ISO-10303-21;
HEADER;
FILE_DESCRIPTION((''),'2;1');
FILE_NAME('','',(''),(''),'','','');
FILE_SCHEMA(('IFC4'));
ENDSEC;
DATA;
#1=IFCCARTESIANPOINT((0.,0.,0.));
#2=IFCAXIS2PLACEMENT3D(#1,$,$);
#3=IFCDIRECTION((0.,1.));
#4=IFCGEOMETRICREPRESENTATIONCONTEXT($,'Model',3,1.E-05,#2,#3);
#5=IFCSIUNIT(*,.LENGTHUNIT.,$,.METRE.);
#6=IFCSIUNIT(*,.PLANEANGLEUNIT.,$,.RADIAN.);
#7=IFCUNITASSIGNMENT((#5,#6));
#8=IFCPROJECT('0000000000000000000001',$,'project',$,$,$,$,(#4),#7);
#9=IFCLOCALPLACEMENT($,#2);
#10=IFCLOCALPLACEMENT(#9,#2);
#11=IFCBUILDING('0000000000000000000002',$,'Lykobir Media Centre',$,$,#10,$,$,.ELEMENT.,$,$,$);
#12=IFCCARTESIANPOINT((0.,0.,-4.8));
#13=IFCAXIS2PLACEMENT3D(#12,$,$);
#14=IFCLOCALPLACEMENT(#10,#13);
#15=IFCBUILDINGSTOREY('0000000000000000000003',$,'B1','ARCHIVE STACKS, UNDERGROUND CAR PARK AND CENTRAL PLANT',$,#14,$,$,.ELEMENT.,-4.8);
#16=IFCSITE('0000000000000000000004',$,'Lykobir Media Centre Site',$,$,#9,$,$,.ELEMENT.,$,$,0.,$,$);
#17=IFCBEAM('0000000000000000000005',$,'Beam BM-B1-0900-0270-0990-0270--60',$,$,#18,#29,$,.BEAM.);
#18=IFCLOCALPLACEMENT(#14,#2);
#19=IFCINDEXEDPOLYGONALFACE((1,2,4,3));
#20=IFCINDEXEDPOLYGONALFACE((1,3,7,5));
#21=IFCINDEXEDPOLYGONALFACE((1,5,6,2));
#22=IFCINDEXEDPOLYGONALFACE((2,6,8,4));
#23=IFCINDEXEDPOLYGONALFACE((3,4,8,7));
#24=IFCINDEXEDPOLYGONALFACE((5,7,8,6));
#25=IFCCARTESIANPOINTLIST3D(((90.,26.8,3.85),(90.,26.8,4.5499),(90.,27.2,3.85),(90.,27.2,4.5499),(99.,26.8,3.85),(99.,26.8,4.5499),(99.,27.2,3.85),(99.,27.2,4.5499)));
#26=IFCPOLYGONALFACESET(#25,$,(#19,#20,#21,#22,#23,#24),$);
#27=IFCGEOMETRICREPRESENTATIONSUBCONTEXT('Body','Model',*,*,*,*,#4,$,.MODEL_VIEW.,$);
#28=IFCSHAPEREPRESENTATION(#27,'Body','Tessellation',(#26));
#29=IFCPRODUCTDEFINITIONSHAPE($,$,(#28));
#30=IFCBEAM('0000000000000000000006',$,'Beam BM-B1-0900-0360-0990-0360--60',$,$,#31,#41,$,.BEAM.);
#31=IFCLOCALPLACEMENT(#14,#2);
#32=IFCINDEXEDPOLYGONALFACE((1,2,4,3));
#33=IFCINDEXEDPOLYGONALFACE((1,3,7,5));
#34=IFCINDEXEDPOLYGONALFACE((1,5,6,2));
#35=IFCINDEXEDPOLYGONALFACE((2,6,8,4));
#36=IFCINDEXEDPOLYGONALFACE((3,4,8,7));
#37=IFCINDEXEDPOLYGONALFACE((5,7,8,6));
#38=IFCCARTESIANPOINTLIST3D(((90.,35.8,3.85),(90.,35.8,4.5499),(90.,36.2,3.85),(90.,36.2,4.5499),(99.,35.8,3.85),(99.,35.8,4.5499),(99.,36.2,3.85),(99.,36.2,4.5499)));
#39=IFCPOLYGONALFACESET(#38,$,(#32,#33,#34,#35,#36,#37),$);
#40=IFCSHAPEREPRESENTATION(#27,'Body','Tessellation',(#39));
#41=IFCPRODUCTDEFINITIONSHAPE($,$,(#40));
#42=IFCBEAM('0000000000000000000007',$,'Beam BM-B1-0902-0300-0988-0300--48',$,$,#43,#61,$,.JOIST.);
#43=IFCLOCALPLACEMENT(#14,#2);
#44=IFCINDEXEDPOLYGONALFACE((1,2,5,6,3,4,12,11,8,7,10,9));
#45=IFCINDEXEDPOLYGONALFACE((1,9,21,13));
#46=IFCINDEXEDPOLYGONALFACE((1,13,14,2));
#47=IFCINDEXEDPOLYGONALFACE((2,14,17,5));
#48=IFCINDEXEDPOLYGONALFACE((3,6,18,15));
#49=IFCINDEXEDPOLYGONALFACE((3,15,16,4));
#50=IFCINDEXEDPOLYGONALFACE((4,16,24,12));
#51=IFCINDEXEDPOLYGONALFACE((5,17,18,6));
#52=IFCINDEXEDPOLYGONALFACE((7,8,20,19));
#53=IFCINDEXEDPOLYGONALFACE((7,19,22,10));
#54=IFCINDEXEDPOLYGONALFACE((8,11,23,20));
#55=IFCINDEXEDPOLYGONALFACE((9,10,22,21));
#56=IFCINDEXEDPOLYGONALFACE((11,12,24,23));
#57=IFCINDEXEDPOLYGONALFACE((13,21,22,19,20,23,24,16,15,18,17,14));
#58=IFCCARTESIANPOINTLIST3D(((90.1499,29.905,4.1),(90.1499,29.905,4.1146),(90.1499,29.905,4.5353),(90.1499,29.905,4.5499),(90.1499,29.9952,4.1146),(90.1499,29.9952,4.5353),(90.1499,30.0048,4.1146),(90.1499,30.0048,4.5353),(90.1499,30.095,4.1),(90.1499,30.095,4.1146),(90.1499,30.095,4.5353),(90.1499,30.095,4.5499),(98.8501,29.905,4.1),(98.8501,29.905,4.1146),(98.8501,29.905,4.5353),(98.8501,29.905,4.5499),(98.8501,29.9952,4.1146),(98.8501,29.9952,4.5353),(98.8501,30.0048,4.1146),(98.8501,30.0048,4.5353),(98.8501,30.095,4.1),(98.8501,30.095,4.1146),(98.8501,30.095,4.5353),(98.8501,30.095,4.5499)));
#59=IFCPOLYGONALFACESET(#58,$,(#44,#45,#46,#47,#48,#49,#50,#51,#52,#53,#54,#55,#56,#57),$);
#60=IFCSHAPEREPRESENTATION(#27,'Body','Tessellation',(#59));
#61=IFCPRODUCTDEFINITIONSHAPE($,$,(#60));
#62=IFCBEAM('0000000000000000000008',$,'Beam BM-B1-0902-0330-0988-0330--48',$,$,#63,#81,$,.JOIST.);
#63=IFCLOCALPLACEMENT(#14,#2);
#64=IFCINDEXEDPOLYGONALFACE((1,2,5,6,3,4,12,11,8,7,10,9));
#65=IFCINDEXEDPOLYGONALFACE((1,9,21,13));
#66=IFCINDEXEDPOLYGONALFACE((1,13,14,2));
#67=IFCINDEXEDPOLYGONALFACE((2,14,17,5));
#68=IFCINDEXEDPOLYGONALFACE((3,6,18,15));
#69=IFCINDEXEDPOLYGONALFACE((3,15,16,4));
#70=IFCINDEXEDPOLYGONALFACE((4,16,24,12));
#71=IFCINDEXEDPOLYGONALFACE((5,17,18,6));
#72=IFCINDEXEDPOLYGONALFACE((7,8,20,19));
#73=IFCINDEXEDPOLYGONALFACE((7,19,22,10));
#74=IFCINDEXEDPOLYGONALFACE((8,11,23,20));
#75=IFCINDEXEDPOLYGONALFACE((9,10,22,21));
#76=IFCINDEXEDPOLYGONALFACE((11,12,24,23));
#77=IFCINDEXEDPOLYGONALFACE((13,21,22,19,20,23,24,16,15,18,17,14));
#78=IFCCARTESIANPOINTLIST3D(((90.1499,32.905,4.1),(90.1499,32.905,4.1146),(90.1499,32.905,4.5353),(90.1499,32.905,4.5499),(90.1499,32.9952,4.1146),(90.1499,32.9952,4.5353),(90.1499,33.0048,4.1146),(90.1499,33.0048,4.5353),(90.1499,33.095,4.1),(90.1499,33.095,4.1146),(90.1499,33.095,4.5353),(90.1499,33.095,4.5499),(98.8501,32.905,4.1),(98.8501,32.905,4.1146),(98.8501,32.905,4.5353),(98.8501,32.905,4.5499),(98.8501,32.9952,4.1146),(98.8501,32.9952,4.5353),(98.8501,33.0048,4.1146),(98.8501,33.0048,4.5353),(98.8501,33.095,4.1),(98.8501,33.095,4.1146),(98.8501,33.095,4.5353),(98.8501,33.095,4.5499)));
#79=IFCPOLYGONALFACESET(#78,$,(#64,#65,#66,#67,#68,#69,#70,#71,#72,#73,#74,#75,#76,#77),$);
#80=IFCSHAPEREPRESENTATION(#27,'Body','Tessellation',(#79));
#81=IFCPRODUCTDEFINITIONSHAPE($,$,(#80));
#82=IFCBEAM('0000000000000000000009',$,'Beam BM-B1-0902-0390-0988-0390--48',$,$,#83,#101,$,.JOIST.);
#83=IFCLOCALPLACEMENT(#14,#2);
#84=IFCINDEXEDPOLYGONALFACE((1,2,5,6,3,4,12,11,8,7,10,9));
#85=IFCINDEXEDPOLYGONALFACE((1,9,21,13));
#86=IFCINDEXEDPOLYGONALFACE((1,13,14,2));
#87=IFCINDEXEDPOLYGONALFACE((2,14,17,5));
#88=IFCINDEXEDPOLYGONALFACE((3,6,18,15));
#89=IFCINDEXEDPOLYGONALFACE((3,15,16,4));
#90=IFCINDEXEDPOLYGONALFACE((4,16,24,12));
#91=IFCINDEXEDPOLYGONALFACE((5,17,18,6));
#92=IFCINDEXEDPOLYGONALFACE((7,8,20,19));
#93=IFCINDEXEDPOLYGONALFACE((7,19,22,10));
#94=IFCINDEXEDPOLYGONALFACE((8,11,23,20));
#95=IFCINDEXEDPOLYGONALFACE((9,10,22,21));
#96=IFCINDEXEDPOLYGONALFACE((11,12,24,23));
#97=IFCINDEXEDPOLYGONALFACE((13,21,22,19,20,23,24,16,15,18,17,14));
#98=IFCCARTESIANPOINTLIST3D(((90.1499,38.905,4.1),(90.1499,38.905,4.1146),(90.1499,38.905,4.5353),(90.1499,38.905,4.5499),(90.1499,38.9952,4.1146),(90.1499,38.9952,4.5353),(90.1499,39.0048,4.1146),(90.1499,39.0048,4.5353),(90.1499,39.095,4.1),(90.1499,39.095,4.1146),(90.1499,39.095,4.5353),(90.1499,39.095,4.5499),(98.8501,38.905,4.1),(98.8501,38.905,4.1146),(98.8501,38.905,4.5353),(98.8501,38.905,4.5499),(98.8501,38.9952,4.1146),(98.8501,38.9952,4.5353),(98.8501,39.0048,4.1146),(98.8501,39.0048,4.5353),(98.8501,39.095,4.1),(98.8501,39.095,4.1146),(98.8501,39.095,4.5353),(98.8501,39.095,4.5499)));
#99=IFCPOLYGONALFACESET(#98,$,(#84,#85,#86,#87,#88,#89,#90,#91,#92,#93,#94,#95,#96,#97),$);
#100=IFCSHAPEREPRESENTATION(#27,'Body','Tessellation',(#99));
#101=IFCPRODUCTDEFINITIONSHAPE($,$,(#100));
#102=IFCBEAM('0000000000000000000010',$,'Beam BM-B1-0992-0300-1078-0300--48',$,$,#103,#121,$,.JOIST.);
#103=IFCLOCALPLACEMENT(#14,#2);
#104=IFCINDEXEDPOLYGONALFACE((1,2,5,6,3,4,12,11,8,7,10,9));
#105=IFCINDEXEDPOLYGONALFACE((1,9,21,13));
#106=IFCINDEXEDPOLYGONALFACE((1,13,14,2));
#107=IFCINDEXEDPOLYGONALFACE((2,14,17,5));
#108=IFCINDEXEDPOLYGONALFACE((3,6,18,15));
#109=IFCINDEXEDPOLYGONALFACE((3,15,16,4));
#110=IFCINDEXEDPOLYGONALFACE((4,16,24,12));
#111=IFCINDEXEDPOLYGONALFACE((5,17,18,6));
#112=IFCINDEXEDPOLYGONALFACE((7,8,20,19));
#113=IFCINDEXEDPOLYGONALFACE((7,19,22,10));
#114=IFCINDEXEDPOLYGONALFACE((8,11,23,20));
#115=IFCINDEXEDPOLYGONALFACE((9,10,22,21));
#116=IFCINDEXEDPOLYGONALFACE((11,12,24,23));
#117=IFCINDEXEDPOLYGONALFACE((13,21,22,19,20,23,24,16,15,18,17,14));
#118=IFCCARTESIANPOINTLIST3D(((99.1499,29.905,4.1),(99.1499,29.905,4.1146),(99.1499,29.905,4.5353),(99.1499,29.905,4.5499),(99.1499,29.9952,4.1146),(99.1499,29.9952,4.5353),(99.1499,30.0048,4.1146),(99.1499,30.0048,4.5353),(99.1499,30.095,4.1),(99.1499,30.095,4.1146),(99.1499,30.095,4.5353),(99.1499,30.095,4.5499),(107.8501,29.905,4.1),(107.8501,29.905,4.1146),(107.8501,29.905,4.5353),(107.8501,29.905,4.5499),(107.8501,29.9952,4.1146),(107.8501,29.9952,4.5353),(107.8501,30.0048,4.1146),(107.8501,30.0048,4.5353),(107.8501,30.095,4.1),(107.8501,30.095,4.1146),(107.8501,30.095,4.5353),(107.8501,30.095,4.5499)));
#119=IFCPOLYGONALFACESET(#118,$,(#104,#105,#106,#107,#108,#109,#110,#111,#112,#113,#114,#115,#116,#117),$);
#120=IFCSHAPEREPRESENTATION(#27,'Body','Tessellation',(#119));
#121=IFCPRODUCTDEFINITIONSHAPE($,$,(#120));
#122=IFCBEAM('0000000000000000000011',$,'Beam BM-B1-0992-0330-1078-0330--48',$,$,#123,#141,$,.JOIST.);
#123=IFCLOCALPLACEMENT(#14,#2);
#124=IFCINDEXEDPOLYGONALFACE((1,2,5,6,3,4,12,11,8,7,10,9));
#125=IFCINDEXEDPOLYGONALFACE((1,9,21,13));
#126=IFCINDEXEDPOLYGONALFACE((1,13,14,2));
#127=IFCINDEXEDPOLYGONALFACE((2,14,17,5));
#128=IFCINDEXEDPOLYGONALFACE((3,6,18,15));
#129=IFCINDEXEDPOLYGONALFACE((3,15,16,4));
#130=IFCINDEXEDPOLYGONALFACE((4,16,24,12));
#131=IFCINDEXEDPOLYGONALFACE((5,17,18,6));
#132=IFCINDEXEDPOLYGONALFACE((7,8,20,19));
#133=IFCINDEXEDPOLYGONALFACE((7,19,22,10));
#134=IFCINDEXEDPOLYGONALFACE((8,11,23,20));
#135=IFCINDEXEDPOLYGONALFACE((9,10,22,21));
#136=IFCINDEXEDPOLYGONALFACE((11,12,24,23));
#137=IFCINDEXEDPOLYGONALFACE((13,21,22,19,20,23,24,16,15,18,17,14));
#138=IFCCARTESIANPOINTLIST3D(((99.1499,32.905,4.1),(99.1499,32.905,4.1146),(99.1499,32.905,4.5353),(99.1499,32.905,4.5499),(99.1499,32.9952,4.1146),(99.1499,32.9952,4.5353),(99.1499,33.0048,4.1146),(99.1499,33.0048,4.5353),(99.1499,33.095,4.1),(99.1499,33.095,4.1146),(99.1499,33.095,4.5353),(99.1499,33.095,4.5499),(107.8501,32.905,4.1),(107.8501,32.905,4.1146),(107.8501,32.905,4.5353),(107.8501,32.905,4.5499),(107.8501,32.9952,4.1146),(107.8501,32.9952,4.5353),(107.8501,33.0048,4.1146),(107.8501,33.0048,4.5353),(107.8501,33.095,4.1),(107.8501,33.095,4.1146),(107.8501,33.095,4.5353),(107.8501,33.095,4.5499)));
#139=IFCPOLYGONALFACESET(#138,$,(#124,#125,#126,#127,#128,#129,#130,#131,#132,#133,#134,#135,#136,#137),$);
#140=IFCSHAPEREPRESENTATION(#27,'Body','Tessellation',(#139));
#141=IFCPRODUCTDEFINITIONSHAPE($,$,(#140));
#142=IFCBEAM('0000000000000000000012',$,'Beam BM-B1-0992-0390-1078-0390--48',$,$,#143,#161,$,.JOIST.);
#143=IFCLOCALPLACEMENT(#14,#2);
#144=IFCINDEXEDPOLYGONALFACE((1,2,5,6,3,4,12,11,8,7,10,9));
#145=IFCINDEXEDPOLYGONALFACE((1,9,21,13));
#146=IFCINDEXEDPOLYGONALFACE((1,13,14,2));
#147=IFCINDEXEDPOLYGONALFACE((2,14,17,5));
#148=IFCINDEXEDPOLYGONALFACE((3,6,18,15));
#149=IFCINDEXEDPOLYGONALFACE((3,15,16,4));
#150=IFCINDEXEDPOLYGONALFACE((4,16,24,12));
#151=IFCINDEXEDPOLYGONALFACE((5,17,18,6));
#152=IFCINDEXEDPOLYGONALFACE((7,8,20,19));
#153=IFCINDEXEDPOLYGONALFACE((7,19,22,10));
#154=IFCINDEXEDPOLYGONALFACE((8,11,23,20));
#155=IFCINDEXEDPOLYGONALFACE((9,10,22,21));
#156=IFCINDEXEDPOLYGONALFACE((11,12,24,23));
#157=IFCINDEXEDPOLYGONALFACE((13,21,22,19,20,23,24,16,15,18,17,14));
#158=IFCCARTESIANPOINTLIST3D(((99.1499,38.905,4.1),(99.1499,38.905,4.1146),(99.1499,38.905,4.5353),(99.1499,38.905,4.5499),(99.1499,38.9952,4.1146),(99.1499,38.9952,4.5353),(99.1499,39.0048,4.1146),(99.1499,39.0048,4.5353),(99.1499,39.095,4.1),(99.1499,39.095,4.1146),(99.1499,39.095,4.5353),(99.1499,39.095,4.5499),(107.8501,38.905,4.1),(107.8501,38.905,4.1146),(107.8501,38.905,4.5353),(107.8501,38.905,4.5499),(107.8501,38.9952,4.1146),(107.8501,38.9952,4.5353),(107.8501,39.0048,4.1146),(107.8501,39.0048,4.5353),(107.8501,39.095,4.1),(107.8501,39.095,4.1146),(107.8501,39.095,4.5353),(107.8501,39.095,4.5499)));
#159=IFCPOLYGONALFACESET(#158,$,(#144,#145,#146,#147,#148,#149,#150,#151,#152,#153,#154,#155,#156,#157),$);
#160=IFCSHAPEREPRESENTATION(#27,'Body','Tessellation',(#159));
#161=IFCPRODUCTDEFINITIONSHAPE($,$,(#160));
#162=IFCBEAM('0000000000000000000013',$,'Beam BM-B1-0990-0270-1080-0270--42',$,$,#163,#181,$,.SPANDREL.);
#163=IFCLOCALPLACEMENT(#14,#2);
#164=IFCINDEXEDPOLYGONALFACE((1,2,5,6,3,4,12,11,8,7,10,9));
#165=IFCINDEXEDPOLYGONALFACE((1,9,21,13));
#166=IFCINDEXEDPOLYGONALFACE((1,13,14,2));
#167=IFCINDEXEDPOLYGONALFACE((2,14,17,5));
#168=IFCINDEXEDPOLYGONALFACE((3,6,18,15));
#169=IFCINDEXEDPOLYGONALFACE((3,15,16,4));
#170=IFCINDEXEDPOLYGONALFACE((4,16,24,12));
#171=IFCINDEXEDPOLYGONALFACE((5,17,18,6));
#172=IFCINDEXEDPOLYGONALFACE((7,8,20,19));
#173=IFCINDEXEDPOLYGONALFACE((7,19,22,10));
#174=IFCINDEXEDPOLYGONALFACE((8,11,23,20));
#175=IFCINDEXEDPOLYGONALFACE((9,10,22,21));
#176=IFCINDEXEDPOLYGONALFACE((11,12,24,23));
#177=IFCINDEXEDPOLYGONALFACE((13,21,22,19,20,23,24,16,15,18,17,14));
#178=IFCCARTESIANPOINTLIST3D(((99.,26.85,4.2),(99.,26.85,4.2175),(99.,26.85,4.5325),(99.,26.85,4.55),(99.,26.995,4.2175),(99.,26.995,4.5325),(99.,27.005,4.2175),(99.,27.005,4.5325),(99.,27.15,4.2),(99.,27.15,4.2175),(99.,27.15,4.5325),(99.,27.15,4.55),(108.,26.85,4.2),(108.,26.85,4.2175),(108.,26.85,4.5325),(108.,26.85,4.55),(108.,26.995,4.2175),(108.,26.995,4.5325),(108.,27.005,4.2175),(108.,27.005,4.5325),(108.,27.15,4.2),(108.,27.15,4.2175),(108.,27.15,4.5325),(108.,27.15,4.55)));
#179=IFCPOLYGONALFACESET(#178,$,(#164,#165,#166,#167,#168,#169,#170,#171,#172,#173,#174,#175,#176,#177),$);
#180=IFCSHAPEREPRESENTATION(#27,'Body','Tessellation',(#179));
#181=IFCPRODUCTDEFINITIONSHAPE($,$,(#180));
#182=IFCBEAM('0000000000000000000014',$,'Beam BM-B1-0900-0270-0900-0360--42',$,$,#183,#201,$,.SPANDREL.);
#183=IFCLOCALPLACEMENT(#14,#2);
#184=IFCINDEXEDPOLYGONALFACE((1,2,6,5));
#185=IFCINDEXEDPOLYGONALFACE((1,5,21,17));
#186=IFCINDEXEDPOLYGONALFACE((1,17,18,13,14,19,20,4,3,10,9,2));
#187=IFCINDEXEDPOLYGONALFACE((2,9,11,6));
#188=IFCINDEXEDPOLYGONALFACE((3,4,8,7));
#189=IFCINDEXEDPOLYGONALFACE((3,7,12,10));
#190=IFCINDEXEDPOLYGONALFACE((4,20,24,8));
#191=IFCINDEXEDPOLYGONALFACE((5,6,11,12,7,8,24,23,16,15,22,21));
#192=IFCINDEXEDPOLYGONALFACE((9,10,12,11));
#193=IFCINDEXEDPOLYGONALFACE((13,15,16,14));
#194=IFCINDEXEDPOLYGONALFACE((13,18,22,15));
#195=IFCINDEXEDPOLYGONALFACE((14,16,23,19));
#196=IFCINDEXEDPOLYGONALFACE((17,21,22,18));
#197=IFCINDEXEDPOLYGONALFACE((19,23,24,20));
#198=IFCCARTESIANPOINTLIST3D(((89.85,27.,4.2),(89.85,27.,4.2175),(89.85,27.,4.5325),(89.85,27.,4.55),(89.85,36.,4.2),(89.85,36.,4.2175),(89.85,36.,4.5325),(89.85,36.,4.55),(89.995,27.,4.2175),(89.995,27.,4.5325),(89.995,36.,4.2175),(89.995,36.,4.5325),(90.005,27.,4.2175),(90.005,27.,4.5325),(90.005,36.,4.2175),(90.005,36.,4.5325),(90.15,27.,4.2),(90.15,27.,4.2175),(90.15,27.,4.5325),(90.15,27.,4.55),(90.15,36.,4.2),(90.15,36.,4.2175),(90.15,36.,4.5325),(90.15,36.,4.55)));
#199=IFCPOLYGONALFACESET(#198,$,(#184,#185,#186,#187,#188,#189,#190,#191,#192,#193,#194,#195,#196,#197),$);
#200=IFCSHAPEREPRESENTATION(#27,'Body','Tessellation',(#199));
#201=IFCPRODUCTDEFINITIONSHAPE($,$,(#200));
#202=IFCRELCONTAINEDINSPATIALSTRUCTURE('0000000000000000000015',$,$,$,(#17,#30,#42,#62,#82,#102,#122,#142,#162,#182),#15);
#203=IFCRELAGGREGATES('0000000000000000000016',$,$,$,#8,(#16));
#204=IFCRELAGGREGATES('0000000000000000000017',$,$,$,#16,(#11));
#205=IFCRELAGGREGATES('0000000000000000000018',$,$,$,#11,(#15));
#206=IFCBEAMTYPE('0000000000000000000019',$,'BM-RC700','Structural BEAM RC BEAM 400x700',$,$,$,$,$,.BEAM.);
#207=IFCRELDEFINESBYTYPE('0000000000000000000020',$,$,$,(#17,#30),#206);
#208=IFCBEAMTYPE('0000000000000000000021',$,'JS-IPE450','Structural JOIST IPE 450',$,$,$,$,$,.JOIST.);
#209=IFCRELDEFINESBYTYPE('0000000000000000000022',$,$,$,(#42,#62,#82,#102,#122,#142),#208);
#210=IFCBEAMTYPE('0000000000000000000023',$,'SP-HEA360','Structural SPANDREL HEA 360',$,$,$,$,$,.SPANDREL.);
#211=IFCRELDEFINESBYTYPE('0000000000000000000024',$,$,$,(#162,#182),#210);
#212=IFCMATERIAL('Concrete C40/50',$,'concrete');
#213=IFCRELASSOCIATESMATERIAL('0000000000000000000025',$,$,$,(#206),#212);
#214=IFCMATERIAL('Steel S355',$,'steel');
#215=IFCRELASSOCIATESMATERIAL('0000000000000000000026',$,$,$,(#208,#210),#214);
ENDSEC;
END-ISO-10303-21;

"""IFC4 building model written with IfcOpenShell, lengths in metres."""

from ifc_helpers import new_model, si_unit, direction, frame, origin, origin_2d, place, context, subcontext, project, spatial, rectangle, i_section, extrude, material, material_profile, profile_set, type_object, element, save


model = new_model("IFC4")

# Units and contexts
model_context = context("Model", 3, precision=1e-05, world=origin(), true_north=direction((0.0, 1.0)))
body_context = subcontext(model_context, "Body", "Model", "MODEL_VIEW")
ifc_project = project(units=[si_unit("LENGTHUNIT", "METRE"), si_unit("PLANEANGLEUNIT", "RADIAN")], contexts=[model_context])

# Site, building, storey
site_placement = place(None, origin())
site = spatial("IfcSite", under=ifc_project, at=site_placement, Name="Lykobir Media Centre Site", CompositionType="ELEMENT", RefElevation=0.0)
building_placement = place(site_placement, origin())
building = spatial("IfcBuilding", under=site, at=building_placement, Name="Lykobir Media Centre", CompositionType="ELEMENT")
storey_placement = place(building_placement, frame((0.0, 0.0, -4.8)))
storey = spatial("IfcBuildingStorey", under=building, at=storey_placement, Name="B1", Description="ARCHIVE STACKS, UNDERGROUND CAR PARK AND CENTRAL PLANT", CompositionType="ELEMENT", Elevation=-4.8)

# Shared definitions
ifc_material_1 = material(Name="Concrete C40/50", Category="concrete")

# Beams
ifc_material_2 = material(Name="Steel S355", Category="steel")
ifc_material_profile_1 = material_profile(ifc_material_1, rectangle(XDim=0.3999, YDim=0.7, at=origin_2d()), Name="RC BEAM 400x700")
ifc_profile_set_1 = profile_set([ifc_material_profile_1], Name="Concrete C40/50")
beam_type_1 = type_object("IfcBeamType", Name="BM-RC700", Description="Structural BEAM RC BEAM 400x700", PredefinedType="BEAM", material=ifc_profile_set_1)
for number, where, z_axis, x_axis, name in (
    (1, (90.0, 27.0, 4.2), (1.0, 0.0, 0.0), (0.0, 1.0, 0.0), "Beam BM-B1-0900-0270-0990-0270--60"),
    (2, (90.0, 36.0, 4.2), (1.0, 0.0, 0.0), (0.0, 1.0, 0.0), "Beam BM-B1-0900-0360-0990-0360--60"),
):
    element("IfcBeam", number, at=place(storey_placement, frame(where, z_axis=z_axis, x_axis=x_axis)), inside=storey, type_object=beam_type_1, Name=name, PredefinedType="BEAM", context=body_context, shape_type="SweptSolid", body=[
        extrude(rectangle(XDim=0.3999, YDim=0.7, at=origin_2d()), origin(), (0.0, 0.0, 1.0), 9.0),
    ])
ifc_material_profile_2 = material_profile(ifc_material_2, i_section(OverallWidth=0.1899, OverallDepth=0.45, WebThickness=0.0095, FlangeThickness=0.0146, at=origin_2d()), Name="IPE 450")
ifc_profile_set_2 = profile_set([ifc_material_profile_2], Name="Steel S355")
beam_type_2 = type_object("IfcBeamType", Name="JS-IPE450", Description="Structural JOIST IPE 450", PredefinedType="JOIST", material=ifc_profile_set_2)
for number, where, z_axis, x_axis, name in (
    (3, (90.1499, 30.0, 4.325), (1.0, 0.0, 0.0), (0.0, 1.0, 0.0), "Beam BM-B1-0902-0300-0988-0300--48"),
    (4, (90.1499, 33.0, 4.325), (1.0, 0.0, 0.0), (0.0, 1.0, 0.0), "Beam BM-B1-0902-0330-0988-0330--48"),
    (5, (90.1499, 39.0, 4.325), (1.0, 0.0, 0.0), (0.0, 1.0, 0.0), "Beam BM-B1-0902-0390-0988-0390--48"),
    (6, (99.1499, 30.0, 4.325), (1.0, 0.0, 0.0), (0.0, 1.0, 0.0), "Beam BM-B1-0992-0300-1078-0300--48"),
    (7, (99.1499, 33.0, 4.325), (1.0, 0.0, 0.0), (0.0, 1.0, 0.0), "Beam BM-B1-0992-0330-1078-0330--48"),
    (8, (99.1499, 39.0, 4.325), (1.0, 0.0, 0.0), (0.0, 1.0, 0.0), "Beam BM-B1-0992-0390-1078-0390--48"),
):
    element("IfcBeam", number, at=place(storey_placement, frame(where, z_axis=z_axis, x_axis=x_axis)), inside=storey, type_object=beam_type_2, Name=name, PredefinedType="JOIST", context=body_context, shape_type="SweptSolid", body=[
        extrude(i_section(OverallWidth=0.1899, OverallDepth=0.45, WebThickness=0.0095, FlangeThickness=0.0146, at=origin_2d()), origin(), (0.0, 0.0, 1.0), 8.7002),
    ])
ifc_material_profile_3 = material_profile(ifc_material_2, i_section(OverallWidth=0.3, OverallDepth=0.3501, WebThickness=0.01, FlangeThickness=0.0176, at=origin_2d()), Name="HEA 360")
ifc_profile_set_3 = profile_set([ifc_material_profile_3], Name="Steel S355")
beam_type_3 = type_object("IfcBeamType", Name="SP-HEA360", Description="Structural SPANDREL HEA 360", PredefinedType="SPANDREL", material=ifc_profile_set_3)
for number, where, z_axis, x_axis, name in (
    (9, (99.0, 27.0, 4.375), (1.0, 0.0, 0.0), (0.0, 1.0, 0.0), "Beam BM-B1-0990-0270-1080-0270--42"),
    (10, (90.0, 27.0, 4.375), (0.0, 1.0, 0.0), (-1.0, 0.0, 0.0), "Beam BM-B1-0900-0270-0900-0360--42"),
):
    element("IfcBeam", number, at=place(storey_placement, frame(where, z_axis=z_axis, x_axis=x_axis)), inside=storey, type_object=beam_type_3, Name=name, PredefinedType="SPANDREL", context=body_context, shape_type="SweptSolid", body=[
        extrude(i_section(OverallWidth=0.3, OverallDepth=0.3501, WebThickness=0.01, FlangeThickness=0.0176, at=origin_2d()), origin(), (0.0, 0.0, 1.0), 9.0),
    ])

save(model, "model.ifc")
